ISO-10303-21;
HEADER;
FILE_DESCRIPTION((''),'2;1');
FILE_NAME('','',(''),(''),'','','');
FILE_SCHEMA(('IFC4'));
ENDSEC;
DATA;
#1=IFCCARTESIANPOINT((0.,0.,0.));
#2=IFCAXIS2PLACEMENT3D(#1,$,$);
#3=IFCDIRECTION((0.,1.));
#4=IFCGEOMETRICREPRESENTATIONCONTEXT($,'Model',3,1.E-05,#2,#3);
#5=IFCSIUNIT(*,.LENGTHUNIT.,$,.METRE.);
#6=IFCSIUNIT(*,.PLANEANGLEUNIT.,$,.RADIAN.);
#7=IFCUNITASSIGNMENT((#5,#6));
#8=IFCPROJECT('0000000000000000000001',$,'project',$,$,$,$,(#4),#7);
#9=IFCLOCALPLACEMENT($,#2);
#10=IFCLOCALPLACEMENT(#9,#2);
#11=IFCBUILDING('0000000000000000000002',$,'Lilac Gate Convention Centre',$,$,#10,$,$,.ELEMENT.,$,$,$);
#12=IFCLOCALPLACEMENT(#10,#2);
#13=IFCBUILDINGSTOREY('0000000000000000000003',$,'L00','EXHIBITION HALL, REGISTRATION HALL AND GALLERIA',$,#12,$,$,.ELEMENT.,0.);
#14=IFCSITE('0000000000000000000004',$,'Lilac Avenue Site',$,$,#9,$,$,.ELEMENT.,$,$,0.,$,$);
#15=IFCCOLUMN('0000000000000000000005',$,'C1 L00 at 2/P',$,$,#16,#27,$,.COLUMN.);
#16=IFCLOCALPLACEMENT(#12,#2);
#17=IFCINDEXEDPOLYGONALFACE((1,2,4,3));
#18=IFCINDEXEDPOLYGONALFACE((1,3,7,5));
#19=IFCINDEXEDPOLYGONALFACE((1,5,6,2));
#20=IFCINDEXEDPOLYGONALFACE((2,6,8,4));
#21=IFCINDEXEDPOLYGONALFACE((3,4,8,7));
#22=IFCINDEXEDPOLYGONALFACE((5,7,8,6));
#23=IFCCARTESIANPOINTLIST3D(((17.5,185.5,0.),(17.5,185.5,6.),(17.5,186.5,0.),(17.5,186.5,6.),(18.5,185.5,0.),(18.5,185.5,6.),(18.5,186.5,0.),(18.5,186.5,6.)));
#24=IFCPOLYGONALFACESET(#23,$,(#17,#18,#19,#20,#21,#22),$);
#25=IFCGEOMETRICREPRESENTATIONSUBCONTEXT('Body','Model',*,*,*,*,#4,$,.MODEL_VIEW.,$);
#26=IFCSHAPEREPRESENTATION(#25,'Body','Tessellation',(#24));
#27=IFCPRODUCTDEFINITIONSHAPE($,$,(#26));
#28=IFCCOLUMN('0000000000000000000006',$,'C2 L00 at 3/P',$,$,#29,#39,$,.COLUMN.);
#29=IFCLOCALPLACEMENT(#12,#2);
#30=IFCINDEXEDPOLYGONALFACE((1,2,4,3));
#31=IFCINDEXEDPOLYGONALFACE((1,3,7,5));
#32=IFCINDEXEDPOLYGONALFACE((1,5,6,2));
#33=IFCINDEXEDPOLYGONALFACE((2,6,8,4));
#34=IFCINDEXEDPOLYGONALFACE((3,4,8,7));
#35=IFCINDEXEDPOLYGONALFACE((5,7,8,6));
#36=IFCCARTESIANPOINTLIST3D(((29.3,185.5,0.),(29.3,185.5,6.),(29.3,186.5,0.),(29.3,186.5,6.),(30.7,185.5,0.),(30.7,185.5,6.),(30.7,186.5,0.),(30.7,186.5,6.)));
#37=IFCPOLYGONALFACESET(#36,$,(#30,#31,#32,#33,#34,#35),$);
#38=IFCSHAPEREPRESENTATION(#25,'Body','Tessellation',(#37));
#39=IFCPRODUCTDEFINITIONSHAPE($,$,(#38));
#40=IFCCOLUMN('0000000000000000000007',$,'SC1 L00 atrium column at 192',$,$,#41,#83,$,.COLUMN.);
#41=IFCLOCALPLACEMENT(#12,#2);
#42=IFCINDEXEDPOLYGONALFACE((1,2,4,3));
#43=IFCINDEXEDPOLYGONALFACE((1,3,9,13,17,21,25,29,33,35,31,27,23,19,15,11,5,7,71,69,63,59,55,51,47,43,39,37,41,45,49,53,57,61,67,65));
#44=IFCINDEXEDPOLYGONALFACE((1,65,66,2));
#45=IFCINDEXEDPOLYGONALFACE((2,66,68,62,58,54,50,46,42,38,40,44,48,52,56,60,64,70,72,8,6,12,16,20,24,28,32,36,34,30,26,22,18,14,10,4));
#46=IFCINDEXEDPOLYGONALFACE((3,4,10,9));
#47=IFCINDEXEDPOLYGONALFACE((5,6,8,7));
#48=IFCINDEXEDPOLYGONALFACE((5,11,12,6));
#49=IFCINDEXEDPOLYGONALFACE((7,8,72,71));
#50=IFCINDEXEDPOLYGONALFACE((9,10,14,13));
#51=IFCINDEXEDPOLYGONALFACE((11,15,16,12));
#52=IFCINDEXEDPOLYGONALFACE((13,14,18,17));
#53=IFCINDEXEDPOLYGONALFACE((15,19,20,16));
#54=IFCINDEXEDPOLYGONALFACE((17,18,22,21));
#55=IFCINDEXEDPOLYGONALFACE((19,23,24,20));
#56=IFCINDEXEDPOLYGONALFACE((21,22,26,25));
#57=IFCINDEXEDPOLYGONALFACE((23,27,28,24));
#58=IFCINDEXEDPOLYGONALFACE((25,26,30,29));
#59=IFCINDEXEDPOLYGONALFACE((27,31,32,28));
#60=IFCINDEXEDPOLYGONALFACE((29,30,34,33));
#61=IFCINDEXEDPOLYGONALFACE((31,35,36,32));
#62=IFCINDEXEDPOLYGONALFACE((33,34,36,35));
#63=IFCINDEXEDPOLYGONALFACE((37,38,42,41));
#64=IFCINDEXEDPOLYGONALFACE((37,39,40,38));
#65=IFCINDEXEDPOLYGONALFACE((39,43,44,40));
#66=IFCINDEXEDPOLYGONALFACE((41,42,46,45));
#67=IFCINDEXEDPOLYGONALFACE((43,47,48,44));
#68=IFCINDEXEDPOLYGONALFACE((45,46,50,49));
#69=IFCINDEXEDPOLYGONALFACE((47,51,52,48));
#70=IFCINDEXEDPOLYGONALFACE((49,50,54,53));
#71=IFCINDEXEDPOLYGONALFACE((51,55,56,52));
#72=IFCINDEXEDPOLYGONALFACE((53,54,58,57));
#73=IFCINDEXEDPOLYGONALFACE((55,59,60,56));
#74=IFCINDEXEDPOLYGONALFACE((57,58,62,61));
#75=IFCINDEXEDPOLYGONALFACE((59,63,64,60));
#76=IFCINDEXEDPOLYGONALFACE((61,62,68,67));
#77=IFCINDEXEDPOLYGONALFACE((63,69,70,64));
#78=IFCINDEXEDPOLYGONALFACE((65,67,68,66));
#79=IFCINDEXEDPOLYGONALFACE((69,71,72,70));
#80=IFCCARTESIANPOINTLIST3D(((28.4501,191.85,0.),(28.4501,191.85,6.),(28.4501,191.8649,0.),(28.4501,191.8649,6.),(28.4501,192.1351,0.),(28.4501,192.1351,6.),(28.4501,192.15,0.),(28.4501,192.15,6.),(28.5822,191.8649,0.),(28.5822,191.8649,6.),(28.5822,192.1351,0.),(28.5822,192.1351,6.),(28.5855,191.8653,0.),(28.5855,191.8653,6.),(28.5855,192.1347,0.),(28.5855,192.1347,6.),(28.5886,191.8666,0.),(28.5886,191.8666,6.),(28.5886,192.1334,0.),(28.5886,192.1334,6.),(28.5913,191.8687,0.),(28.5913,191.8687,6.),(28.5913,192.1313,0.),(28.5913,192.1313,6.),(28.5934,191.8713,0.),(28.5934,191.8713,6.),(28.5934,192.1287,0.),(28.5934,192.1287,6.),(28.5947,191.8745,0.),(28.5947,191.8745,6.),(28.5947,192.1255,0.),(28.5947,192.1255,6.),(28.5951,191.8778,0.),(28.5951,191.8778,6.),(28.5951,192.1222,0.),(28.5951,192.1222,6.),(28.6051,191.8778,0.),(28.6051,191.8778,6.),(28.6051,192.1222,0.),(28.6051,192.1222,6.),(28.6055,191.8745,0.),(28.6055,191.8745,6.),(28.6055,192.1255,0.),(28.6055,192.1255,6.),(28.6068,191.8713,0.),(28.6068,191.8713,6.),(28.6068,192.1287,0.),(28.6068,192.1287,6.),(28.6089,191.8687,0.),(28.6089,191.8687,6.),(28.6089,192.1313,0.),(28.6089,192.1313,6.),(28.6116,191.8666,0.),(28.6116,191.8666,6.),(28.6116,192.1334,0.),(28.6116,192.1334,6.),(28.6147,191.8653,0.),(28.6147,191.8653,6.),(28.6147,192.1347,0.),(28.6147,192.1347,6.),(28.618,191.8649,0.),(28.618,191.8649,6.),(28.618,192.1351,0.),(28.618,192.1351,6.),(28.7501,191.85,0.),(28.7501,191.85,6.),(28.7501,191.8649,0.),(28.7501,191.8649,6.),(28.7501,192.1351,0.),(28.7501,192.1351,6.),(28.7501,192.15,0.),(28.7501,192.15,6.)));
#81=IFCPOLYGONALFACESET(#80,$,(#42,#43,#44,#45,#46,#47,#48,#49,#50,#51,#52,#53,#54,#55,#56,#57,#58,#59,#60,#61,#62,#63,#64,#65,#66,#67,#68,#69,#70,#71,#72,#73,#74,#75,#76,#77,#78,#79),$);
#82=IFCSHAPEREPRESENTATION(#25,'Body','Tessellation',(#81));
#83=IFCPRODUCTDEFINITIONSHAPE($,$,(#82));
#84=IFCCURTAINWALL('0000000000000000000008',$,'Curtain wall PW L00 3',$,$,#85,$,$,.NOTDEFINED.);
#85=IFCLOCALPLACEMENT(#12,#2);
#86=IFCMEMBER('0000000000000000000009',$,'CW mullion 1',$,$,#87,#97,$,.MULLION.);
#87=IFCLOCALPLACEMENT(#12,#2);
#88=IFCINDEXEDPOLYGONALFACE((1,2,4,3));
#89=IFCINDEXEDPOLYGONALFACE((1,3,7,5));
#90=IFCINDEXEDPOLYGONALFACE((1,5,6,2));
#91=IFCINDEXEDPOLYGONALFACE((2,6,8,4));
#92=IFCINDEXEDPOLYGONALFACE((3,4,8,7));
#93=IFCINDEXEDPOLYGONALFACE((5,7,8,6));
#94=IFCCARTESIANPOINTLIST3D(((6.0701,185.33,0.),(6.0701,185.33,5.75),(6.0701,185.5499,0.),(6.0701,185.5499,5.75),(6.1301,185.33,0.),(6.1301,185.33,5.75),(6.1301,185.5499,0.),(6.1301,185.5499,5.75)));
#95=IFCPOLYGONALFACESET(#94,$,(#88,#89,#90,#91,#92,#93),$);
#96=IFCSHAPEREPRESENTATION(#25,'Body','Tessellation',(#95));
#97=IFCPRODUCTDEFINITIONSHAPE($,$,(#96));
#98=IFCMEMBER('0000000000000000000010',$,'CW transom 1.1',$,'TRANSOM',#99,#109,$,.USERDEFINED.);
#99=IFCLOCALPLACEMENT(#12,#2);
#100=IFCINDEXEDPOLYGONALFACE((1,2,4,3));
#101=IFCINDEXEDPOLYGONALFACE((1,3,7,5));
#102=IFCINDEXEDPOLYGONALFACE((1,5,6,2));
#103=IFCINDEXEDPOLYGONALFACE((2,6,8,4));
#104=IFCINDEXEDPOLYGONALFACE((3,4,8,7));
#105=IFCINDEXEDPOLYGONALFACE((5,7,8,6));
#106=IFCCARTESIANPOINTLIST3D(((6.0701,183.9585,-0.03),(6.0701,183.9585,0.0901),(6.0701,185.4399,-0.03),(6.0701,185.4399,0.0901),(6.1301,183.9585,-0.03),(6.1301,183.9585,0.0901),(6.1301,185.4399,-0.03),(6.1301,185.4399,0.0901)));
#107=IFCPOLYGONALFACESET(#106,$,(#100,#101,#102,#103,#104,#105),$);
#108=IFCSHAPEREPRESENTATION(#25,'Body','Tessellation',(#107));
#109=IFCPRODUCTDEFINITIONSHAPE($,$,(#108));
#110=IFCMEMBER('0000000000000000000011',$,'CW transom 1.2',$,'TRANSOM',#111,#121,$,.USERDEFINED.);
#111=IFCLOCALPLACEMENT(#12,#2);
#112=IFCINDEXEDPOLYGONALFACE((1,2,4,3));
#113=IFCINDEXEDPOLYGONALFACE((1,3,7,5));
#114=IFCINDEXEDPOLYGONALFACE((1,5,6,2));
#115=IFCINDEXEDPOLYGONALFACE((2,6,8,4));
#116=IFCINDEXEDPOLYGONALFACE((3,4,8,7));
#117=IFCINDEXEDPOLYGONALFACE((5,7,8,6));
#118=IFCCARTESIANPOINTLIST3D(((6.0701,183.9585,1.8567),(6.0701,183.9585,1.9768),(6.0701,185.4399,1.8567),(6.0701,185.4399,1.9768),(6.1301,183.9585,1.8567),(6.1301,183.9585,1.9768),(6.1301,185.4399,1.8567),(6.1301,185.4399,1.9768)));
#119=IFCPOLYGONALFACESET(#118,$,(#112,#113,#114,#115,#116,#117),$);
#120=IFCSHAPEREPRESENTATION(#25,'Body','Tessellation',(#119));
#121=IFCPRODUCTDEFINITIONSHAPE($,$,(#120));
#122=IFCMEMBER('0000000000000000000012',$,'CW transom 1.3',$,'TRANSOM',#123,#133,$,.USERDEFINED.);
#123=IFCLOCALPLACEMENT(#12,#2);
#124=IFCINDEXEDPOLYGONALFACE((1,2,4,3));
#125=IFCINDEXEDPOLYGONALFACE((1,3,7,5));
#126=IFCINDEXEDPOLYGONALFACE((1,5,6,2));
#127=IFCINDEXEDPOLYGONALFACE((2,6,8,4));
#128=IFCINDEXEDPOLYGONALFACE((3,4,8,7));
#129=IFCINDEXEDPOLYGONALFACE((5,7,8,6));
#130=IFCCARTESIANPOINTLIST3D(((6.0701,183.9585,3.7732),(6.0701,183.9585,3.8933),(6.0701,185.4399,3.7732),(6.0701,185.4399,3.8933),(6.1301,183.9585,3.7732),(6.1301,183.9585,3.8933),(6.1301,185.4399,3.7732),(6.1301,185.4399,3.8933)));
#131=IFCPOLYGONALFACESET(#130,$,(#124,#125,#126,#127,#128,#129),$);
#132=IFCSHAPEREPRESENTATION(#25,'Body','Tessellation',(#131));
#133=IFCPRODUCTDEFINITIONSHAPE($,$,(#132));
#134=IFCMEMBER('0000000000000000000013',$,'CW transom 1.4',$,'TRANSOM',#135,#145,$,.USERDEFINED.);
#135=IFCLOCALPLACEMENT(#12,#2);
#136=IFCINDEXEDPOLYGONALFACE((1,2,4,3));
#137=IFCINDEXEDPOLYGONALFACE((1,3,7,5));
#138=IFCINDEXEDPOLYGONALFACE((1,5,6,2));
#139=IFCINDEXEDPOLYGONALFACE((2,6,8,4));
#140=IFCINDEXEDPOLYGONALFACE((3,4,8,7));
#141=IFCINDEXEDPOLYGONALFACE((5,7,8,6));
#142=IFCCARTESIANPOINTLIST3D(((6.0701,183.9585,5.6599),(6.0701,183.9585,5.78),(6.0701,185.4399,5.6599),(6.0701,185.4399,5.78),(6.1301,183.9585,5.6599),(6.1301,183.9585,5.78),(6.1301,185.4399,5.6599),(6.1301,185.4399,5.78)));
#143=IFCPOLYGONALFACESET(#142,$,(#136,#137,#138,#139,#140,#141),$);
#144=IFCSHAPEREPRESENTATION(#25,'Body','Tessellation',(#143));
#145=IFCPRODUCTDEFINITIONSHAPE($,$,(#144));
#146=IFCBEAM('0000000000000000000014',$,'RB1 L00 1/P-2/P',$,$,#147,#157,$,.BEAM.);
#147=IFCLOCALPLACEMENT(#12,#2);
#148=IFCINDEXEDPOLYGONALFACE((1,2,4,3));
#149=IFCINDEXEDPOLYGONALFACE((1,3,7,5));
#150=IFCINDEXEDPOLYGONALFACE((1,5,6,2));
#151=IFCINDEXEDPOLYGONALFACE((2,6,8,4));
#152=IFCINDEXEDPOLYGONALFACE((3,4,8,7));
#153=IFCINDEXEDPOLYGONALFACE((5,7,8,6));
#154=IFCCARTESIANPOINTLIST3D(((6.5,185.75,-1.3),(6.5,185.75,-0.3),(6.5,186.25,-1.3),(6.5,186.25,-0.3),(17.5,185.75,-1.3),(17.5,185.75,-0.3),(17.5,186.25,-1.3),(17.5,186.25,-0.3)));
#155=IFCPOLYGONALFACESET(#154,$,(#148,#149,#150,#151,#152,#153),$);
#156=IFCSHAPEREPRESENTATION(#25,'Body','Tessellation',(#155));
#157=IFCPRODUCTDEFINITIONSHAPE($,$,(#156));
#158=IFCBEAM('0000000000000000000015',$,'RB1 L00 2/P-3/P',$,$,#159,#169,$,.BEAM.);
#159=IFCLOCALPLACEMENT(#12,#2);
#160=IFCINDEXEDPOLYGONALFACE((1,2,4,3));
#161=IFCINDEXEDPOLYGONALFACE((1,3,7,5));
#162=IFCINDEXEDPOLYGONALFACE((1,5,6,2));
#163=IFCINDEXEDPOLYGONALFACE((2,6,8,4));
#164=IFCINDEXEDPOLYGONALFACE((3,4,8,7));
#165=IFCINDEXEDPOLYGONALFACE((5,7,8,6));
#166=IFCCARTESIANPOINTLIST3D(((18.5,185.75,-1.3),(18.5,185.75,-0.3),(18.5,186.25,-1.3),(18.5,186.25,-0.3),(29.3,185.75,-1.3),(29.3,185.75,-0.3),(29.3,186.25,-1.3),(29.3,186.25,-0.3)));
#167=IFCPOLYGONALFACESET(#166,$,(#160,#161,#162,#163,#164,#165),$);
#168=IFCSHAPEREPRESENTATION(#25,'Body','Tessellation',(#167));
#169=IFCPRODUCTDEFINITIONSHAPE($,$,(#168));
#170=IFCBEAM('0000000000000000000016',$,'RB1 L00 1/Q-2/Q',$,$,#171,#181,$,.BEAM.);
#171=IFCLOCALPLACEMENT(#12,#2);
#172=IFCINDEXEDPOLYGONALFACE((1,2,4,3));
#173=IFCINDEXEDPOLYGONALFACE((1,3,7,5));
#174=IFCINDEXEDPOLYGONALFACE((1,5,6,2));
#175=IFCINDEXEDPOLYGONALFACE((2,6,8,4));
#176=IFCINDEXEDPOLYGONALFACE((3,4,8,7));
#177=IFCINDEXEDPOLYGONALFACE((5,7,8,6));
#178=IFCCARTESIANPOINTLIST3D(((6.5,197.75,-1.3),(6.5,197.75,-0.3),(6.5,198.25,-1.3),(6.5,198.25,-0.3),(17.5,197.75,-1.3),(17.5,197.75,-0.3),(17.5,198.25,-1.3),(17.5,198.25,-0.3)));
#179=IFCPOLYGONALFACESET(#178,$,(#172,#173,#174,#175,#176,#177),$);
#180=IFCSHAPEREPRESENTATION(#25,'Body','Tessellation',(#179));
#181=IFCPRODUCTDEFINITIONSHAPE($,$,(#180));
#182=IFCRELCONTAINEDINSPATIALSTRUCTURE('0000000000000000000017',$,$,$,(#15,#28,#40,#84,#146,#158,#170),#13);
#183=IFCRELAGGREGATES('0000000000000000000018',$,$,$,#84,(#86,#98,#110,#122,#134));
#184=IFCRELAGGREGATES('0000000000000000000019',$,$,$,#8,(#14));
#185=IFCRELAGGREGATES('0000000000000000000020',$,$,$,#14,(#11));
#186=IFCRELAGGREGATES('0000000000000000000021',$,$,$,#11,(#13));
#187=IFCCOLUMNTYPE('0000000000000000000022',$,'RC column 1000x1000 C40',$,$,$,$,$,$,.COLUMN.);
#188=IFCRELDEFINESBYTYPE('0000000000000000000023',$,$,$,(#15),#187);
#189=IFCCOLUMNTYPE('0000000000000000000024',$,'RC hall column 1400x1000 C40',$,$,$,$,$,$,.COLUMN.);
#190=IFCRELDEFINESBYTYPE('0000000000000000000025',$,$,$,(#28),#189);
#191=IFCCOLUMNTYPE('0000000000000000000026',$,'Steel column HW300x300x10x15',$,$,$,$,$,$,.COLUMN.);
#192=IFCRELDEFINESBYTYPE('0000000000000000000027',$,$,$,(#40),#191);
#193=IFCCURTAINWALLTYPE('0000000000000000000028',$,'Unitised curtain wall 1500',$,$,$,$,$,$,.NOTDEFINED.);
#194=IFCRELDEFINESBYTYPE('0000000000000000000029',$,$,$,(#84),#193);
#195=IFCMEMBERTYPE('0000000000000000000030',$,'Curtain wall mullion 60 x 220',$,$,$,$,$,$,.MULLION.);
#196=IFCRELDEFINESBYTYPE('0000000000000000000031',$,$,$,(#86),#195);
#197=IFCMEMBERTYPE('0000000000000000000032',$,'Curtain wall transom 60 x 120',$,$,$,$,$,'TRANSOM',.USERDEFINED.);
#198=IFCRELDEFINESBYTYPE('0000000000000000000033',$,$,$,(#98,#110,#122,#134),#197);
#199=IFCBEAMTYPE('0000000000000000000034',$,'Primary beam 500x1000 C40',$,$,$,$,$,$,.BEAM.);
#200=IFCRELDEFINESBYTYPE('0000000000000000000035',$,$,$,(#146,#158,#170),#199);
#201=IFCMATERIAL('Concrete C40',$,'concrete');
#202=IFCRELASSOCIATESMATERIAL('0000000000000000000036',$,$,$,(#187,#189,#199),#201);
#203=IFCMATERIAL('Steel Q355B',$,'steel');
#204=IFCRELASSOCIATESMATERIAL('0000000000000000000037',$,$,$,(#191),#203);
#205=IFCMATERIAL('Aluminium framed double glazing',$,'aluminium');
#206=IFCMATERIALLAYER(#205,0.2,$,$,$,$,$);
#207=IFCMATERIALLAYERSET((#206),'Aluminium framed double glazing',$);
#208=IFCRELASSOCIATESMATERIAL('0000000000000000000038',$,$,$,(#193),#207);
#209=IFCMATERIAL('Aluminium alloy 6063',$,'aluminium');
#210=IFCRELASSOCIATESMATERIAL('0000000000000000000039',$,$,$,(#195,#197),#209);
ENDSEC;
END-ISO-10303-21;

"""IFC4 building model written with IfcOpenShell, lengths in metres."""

from ifc_helpers import new_model, si_unit, direction, frame, origin, origin_2d, place, context, subcontext, project, spatial, rectangle, i_section, extrude, material, layer, layer_set, material_profile, profile_set, type_object, element, aggregate, save


model = new_model("IFC4")

# Units and contexts
model_context = context("Model", 3, precision=1e-05, world=origin(), true_north=direction((0.0, 1.0)))
body_context = subcontext(model_context, "Body", "Model", "MODEL_VIEW")
ifc_project = project(units=[si_unit("LENGTHUNIT", "METRE"), si_unit("PLANEANGLEUNIT", "RADIAN")], contexts=[model_context])

# Site, building, storey
site_placement = place(None, origin())
site = spatial("IfcSite", under=ifc_project, at=site_placement, Name="Lilac Avenue Site", CompositionType="ELEMENT", RefElevation=0.0)
building_placement = place(site_placement, origin())
building = spatial("IfcBuilding", under=site, at=building_placement, Name="Lilac Gate Convention Centre", CompositionType="ELEMENT")
storey_placement = place(building_placement, origin())
storey = spatial("IfcBuildingStorey", under=building, at=storey_placement, Name="L00", Description="EXHIBITION HALL, REGISTRATION HALL AND GALLERIA", CompositionType="ELEMENT", Elevation=0.0)

# Columns
ifc_material_1 = material(Name="Concrete C40", Category="concrete")
ifc_material_profile_1 = material_profile(ifc_material_1, rectangle(XDim=1.0, YDim=1.0, at=origin_2d()), Name="RC 1000x1000")
ifc_profile_set_1 = profile_set([ifc_material_profile_1], Name="Concrete C40")
column_type_1 = type_object("IfcColumnType", Name="RC column 1000x1000 C40", PredefinedType="COLUMN", material=ifc_profile_set_1)
column_1_placement = place(storey_placement, frame((18.0, 186.0, 0.0), z_axis=(0.0, 0.0, 1.0), x_axis=(1.0, 0.0, 0.0)))
element("IfcColumn", 1, at=column_1_placement, inside=storey, type_object=column_type_1, Name="C1 L00 at 2/P", PredefinedType="COLUMN", context=body_context, shape_type="SweptSolid", body=[
    extrude(rectangle(XDim=1.0, YDim=1.0, at=origin_2d()), origin(), (0.0, 0.0, 1.0), 6.0),
])
ifc_material_profile_2 = material_profile(ifc_material_1, rectangle(XDim=1.3999, YDim=1.0, at=origin_2d()), Name="RC 1400x1000")
ifc_profile_set_2 = profile_set([ifc_material_profile_2], Name="Concrete C40")
column_type_2 = type_object("IfcColumnType", Name="RC hall column 1400x1000 C40", PredefinedType="COLUMN", material=ifc_profile_set_2)
column_2_placement = place(storey_placement, frame((30.0, 186.0, 0.0), z_axis=(0.0, 0.0, 1.0), x_axis=(1.0, 0.0, 0.0)))
element("IfcColumn", 2, at=column_2_placement, inside=storey, type_object=column_type_2, Name="C2 L00 at 3/P", PredefinedType="COLUMN", context=body_context, shape_type="SweptSolid", body=[
    extrude(rectangle(XDim=1.3999, YDim=1.0, at=origin_2d()), origin(), (0.0, 0.0, 1.0), 6.0),
])
ifc_material_2 = material(Name="Steel Q355B", Category="steel")
ifc_material_profile_3 = material_profile(ifc_material_2, i_section(OverallWidth=0.3, OverallDepth=0.3, WebThickness=0.01, FlangeThickness=0.0149, FilletRadius=0.0129, at=origin_2d()), Name="HW300x300x10x15")
ifc_profile_set_3 = profile_set([ifc_material_profile_3], Name="Steel Q355B")
column_type_3 = type_object("IfcColumnType", Name="Steel column HW300x300x10x15", PredefinedType="COLUMN", material=ifc_profile_set_3)
column_3_placement = place(storey_placement, frame((28.6001, 192.0, 0.0), z_axis=(0.0, 0.0, 1.0), x_axis=(1.0, 0.0, 0.0)))
element("IfcColumn", 3, at=column_3_placement, inside=storey, type_object=column_type_3, Name="SC1 L00 atrium column at 192", PredefinedType="COLUMN", context=body_context, shape_type="SweptSolid", body=[
    extrude(i_section(OverallWidth=0.3, OverallDepth=0.3, WebThickness=0.01, FlangeThickness=0.0149, FilletRadius=0.0129, at=origin_2d()), origin(), (0.0, 0.0, 1.0), 6.0),
])

# Curtain wall, members
ifc_material_3 = material(Name="Aluminium framed double glazing", Category="aluminium")
ifc_layer_1 = layer(ifc_material_3, 0.2)
ifc_layer_set_1 = layer_set([ifc_layer_1], Name="Aluminium framed double glazing")
curtain_wall_type = type_object("IfcCurtainWallType", Name="Unitised curtain wall 1500", PredefinedType="NOTDEFINED", material=ifc_layer_set_1)
curtain_wall_placement = place(storey_placement, origin())
curtain_wall = element("IfcCurtainWall", 4, at=curtain_wall_placement, inside=storey, type_object=curtain_wall_type, Name="Curtain wall PW L00 3", PredefinedType="NOTDEFINED")
ifc_material_4 = material(Name="Aluminium alloy 6063", Category="aluminium")
ifc_material_profile_4 = material_profile(ifc_material_4, rectangle(XDim=0.0601, YDim=0.22, at=origin_2d()), Name="Curtain wall mullion 60 x 220")
ifc_profile_set_4 = profile_set([ifc_material_profile_4], Name="Aluminium alloy 6063")
member_type_1 = type_object("IfcMemberType", Name="Curtain wall mullion 60 x 220", PredefinedType="MULLION", material=ifc_profile_set_4)
member_1_placement = place(storey_placement, frame((6.1001, 185.4399, 0.0), z_axis=(0.0, 0.0, 1.0), x_axis=(1.0, 0.0, 0.0)))
member_1 = element("IfcMember", 5, at=member_1_placement, type_object=member_type_1, Name="CW mullion 1", PredefinedType="MULLION", context=body_context, shape_type="SweptSolid", body=[
    extrude(rectangle(XDim=0.0601, YDim=0.22, at=origin_2d()), origin(), (0.0, 0.0, 1.0), 5.75),
])
ifc_material_profile_5 = material_profile(ifc_material_4, rectangle(XDim=0.0601, YDim=0.1201, at=origin_2d()), Name="Curtain wall transom 60 x 120")
ifc_profile_set_5 = profile_set([ifc_material_profile_5], Name="Aluminium alloy 6063")
member_type_2 = type_object("IfcMemberType", Name="Curtain wall transom 60 x 120", ElementType="TRANSOM", PredefinedType="USERDEFINED", material=ifc_profile_set_5)
member_2_placement = place(storey_placement, frame((6.1001, 185.4399, 0.03), z_axis=(0.0, -1.0, 0.0), x_axis=(1.0, 0.0, 0.0)))
member_2 = element("IfcMember", 6, at=member_2_placement, type_object=member_type_2, Name="CW transom 1.1", ObjectType="TRANSOM", PredefinedType="USERDEFINED", context=body_context, shape_type="SweptSolid", body=[
    extrude(rectangle(XDim=0.0601, YDim=0.1201, at=origin_2d()), origin(), (0.0, 0.0, 1.0), 1.4814),
])
member_3_placement = place(storey_placement, frame((6.1001, 185.4399, 1.9167), z_axis=(0.0, -1.0, 0.0), x_axis=(1.0, 0.0, 0.0)))
member_3 = element("IfcMember", 7, at=member_3_placement, type_object=member_type_2, Name="CW transom 1.2", ObjectType="TRANSOM", PredefinedType="USERDEFINED", context=body_context, shape_type="SweptSolid", body=[
    extrude(rectangle(XDim=0.0601, YDim=0.1201, at=origin_2d()), origin(), (0.0, 0.0, 1.0), 1.4814),
])
member_4_placement = place(storey_placement, frame((6.1001, 185.4399, 3.8333), z_axis=(0.0, -1.0, 0.0), x_axis=(1.0, 0.0, 0.0)))
member_4 = element("IfcMember", 8, at=member_4_placement, type_object=member_type_2, Name="CW transom 1.3", ObjectType="TRANSOM", PredefinedType="USERDEFINED", context=body_context, shape_type="SweptSolid", body=[
    extrude(rectangle(XDim=0.0601, YDim=0.1201, at=origin_2d()), origin(), (0.0, 0.0, 1.0), 1.4814),
])
member_5_placement = place(storey_placement, frame((6.1001, 185.4399, 5.72), z_axis=(0.0, -1.0, 0.0), x_axis=(1.0, 0.0, 0.0)))
member_5 = element("IfcMember", 9, at=member_5_placement, type_object=member_type_2, Name="CW transom 1.4", ObjectType="TRANSOM", PredefinedType="USERDEFINED", context=body_context, shape_type="SweptSolid", body=[
    extrude(rectangle(XDim=0.0601, YDim=0.1201, at=origin_2d()), origin(), (0.0, 0.0, 1.0), 1.4814),
])
aggregate(curtain_wall, [member_1, member_2, member_3, member_4, member_5])

# Beams
ifc_material_profile_6 = material_profile(ifc_material_1, rectangle(XDim=0.5, YDim=1.0, at=origin_2d()), Name="RC 500x1000")
ifc_profile_set_6 = profile_set([ifc_material_profile_6], Name="Concrete C40")
beam_type_1 = type_object("IfcBeamType", Name="Primary beam 500x1000 C40", PredefinedType="BEAM", material=ifc_profile_set_6)
beam_1_placement = place(storey_placement, frame((6.5, 186.0, -0.8), z_axis=(1.0, 0.0, 0.0), x_axis=(0.0, 1.0, 0.0)))
element("IfcBeam", 10, at=beam_1_placement, inside=storey, type_object=beam_type_1, Name="RB1 L00 1/P-2/P", PredefinedType="BEAM", context=body_context, shape_type="SweptSolid", body=[
    extrude(rectangle(XDim=0.5, YDim=1.0, at=origin_2d()), origin(), (0.0, 0.0, 1.0), 11.0),
])
beam_2_placement = place(storey_placement, frame((18.5, 186.0, -0.8), z_axis=(1.0, 0.0, 0.0), x_axis=(0.0, 1.0, 0.0)))
element("IfcBeam", 11, at=beam_2_placement, inside=storey, type_object=beam_type_1, Name="RB1 L00 2/P-3/P", PredefinedType="BEAM", context=body_context, shape_type="SweptSolid", body=[
    extrude(rectangle(XDim=0.5, YDim=1.0, at=origin_2d()), origin(), (0.0, 0.0, 1.0), 10.8),
])
for number, where, z_axis, x_axis, name in (
    (12, (6.5, 198.0, -0.8), (1.0, 0.0, 0.0), (0.0, 1.0, 0.0), "RB1 L00 1/Q-2/Q"),
):
    element("IfcBeam", number, at=place(storey_placement, frame(where, z_axis=z_axis, x_axis=x_axis)), inside=storey, type_object=beam_type_1, Name=name, PredefinedType="BEAM", context=body_context, shape_type="SweptSolid", body=[
        extrude(rectangle(XDim=0.5, YDim=1.0, at=origin_2d()), origin(), (0.0, 0.0, 1.0), 11.0),
    ])

save(model, "model.ifc")
